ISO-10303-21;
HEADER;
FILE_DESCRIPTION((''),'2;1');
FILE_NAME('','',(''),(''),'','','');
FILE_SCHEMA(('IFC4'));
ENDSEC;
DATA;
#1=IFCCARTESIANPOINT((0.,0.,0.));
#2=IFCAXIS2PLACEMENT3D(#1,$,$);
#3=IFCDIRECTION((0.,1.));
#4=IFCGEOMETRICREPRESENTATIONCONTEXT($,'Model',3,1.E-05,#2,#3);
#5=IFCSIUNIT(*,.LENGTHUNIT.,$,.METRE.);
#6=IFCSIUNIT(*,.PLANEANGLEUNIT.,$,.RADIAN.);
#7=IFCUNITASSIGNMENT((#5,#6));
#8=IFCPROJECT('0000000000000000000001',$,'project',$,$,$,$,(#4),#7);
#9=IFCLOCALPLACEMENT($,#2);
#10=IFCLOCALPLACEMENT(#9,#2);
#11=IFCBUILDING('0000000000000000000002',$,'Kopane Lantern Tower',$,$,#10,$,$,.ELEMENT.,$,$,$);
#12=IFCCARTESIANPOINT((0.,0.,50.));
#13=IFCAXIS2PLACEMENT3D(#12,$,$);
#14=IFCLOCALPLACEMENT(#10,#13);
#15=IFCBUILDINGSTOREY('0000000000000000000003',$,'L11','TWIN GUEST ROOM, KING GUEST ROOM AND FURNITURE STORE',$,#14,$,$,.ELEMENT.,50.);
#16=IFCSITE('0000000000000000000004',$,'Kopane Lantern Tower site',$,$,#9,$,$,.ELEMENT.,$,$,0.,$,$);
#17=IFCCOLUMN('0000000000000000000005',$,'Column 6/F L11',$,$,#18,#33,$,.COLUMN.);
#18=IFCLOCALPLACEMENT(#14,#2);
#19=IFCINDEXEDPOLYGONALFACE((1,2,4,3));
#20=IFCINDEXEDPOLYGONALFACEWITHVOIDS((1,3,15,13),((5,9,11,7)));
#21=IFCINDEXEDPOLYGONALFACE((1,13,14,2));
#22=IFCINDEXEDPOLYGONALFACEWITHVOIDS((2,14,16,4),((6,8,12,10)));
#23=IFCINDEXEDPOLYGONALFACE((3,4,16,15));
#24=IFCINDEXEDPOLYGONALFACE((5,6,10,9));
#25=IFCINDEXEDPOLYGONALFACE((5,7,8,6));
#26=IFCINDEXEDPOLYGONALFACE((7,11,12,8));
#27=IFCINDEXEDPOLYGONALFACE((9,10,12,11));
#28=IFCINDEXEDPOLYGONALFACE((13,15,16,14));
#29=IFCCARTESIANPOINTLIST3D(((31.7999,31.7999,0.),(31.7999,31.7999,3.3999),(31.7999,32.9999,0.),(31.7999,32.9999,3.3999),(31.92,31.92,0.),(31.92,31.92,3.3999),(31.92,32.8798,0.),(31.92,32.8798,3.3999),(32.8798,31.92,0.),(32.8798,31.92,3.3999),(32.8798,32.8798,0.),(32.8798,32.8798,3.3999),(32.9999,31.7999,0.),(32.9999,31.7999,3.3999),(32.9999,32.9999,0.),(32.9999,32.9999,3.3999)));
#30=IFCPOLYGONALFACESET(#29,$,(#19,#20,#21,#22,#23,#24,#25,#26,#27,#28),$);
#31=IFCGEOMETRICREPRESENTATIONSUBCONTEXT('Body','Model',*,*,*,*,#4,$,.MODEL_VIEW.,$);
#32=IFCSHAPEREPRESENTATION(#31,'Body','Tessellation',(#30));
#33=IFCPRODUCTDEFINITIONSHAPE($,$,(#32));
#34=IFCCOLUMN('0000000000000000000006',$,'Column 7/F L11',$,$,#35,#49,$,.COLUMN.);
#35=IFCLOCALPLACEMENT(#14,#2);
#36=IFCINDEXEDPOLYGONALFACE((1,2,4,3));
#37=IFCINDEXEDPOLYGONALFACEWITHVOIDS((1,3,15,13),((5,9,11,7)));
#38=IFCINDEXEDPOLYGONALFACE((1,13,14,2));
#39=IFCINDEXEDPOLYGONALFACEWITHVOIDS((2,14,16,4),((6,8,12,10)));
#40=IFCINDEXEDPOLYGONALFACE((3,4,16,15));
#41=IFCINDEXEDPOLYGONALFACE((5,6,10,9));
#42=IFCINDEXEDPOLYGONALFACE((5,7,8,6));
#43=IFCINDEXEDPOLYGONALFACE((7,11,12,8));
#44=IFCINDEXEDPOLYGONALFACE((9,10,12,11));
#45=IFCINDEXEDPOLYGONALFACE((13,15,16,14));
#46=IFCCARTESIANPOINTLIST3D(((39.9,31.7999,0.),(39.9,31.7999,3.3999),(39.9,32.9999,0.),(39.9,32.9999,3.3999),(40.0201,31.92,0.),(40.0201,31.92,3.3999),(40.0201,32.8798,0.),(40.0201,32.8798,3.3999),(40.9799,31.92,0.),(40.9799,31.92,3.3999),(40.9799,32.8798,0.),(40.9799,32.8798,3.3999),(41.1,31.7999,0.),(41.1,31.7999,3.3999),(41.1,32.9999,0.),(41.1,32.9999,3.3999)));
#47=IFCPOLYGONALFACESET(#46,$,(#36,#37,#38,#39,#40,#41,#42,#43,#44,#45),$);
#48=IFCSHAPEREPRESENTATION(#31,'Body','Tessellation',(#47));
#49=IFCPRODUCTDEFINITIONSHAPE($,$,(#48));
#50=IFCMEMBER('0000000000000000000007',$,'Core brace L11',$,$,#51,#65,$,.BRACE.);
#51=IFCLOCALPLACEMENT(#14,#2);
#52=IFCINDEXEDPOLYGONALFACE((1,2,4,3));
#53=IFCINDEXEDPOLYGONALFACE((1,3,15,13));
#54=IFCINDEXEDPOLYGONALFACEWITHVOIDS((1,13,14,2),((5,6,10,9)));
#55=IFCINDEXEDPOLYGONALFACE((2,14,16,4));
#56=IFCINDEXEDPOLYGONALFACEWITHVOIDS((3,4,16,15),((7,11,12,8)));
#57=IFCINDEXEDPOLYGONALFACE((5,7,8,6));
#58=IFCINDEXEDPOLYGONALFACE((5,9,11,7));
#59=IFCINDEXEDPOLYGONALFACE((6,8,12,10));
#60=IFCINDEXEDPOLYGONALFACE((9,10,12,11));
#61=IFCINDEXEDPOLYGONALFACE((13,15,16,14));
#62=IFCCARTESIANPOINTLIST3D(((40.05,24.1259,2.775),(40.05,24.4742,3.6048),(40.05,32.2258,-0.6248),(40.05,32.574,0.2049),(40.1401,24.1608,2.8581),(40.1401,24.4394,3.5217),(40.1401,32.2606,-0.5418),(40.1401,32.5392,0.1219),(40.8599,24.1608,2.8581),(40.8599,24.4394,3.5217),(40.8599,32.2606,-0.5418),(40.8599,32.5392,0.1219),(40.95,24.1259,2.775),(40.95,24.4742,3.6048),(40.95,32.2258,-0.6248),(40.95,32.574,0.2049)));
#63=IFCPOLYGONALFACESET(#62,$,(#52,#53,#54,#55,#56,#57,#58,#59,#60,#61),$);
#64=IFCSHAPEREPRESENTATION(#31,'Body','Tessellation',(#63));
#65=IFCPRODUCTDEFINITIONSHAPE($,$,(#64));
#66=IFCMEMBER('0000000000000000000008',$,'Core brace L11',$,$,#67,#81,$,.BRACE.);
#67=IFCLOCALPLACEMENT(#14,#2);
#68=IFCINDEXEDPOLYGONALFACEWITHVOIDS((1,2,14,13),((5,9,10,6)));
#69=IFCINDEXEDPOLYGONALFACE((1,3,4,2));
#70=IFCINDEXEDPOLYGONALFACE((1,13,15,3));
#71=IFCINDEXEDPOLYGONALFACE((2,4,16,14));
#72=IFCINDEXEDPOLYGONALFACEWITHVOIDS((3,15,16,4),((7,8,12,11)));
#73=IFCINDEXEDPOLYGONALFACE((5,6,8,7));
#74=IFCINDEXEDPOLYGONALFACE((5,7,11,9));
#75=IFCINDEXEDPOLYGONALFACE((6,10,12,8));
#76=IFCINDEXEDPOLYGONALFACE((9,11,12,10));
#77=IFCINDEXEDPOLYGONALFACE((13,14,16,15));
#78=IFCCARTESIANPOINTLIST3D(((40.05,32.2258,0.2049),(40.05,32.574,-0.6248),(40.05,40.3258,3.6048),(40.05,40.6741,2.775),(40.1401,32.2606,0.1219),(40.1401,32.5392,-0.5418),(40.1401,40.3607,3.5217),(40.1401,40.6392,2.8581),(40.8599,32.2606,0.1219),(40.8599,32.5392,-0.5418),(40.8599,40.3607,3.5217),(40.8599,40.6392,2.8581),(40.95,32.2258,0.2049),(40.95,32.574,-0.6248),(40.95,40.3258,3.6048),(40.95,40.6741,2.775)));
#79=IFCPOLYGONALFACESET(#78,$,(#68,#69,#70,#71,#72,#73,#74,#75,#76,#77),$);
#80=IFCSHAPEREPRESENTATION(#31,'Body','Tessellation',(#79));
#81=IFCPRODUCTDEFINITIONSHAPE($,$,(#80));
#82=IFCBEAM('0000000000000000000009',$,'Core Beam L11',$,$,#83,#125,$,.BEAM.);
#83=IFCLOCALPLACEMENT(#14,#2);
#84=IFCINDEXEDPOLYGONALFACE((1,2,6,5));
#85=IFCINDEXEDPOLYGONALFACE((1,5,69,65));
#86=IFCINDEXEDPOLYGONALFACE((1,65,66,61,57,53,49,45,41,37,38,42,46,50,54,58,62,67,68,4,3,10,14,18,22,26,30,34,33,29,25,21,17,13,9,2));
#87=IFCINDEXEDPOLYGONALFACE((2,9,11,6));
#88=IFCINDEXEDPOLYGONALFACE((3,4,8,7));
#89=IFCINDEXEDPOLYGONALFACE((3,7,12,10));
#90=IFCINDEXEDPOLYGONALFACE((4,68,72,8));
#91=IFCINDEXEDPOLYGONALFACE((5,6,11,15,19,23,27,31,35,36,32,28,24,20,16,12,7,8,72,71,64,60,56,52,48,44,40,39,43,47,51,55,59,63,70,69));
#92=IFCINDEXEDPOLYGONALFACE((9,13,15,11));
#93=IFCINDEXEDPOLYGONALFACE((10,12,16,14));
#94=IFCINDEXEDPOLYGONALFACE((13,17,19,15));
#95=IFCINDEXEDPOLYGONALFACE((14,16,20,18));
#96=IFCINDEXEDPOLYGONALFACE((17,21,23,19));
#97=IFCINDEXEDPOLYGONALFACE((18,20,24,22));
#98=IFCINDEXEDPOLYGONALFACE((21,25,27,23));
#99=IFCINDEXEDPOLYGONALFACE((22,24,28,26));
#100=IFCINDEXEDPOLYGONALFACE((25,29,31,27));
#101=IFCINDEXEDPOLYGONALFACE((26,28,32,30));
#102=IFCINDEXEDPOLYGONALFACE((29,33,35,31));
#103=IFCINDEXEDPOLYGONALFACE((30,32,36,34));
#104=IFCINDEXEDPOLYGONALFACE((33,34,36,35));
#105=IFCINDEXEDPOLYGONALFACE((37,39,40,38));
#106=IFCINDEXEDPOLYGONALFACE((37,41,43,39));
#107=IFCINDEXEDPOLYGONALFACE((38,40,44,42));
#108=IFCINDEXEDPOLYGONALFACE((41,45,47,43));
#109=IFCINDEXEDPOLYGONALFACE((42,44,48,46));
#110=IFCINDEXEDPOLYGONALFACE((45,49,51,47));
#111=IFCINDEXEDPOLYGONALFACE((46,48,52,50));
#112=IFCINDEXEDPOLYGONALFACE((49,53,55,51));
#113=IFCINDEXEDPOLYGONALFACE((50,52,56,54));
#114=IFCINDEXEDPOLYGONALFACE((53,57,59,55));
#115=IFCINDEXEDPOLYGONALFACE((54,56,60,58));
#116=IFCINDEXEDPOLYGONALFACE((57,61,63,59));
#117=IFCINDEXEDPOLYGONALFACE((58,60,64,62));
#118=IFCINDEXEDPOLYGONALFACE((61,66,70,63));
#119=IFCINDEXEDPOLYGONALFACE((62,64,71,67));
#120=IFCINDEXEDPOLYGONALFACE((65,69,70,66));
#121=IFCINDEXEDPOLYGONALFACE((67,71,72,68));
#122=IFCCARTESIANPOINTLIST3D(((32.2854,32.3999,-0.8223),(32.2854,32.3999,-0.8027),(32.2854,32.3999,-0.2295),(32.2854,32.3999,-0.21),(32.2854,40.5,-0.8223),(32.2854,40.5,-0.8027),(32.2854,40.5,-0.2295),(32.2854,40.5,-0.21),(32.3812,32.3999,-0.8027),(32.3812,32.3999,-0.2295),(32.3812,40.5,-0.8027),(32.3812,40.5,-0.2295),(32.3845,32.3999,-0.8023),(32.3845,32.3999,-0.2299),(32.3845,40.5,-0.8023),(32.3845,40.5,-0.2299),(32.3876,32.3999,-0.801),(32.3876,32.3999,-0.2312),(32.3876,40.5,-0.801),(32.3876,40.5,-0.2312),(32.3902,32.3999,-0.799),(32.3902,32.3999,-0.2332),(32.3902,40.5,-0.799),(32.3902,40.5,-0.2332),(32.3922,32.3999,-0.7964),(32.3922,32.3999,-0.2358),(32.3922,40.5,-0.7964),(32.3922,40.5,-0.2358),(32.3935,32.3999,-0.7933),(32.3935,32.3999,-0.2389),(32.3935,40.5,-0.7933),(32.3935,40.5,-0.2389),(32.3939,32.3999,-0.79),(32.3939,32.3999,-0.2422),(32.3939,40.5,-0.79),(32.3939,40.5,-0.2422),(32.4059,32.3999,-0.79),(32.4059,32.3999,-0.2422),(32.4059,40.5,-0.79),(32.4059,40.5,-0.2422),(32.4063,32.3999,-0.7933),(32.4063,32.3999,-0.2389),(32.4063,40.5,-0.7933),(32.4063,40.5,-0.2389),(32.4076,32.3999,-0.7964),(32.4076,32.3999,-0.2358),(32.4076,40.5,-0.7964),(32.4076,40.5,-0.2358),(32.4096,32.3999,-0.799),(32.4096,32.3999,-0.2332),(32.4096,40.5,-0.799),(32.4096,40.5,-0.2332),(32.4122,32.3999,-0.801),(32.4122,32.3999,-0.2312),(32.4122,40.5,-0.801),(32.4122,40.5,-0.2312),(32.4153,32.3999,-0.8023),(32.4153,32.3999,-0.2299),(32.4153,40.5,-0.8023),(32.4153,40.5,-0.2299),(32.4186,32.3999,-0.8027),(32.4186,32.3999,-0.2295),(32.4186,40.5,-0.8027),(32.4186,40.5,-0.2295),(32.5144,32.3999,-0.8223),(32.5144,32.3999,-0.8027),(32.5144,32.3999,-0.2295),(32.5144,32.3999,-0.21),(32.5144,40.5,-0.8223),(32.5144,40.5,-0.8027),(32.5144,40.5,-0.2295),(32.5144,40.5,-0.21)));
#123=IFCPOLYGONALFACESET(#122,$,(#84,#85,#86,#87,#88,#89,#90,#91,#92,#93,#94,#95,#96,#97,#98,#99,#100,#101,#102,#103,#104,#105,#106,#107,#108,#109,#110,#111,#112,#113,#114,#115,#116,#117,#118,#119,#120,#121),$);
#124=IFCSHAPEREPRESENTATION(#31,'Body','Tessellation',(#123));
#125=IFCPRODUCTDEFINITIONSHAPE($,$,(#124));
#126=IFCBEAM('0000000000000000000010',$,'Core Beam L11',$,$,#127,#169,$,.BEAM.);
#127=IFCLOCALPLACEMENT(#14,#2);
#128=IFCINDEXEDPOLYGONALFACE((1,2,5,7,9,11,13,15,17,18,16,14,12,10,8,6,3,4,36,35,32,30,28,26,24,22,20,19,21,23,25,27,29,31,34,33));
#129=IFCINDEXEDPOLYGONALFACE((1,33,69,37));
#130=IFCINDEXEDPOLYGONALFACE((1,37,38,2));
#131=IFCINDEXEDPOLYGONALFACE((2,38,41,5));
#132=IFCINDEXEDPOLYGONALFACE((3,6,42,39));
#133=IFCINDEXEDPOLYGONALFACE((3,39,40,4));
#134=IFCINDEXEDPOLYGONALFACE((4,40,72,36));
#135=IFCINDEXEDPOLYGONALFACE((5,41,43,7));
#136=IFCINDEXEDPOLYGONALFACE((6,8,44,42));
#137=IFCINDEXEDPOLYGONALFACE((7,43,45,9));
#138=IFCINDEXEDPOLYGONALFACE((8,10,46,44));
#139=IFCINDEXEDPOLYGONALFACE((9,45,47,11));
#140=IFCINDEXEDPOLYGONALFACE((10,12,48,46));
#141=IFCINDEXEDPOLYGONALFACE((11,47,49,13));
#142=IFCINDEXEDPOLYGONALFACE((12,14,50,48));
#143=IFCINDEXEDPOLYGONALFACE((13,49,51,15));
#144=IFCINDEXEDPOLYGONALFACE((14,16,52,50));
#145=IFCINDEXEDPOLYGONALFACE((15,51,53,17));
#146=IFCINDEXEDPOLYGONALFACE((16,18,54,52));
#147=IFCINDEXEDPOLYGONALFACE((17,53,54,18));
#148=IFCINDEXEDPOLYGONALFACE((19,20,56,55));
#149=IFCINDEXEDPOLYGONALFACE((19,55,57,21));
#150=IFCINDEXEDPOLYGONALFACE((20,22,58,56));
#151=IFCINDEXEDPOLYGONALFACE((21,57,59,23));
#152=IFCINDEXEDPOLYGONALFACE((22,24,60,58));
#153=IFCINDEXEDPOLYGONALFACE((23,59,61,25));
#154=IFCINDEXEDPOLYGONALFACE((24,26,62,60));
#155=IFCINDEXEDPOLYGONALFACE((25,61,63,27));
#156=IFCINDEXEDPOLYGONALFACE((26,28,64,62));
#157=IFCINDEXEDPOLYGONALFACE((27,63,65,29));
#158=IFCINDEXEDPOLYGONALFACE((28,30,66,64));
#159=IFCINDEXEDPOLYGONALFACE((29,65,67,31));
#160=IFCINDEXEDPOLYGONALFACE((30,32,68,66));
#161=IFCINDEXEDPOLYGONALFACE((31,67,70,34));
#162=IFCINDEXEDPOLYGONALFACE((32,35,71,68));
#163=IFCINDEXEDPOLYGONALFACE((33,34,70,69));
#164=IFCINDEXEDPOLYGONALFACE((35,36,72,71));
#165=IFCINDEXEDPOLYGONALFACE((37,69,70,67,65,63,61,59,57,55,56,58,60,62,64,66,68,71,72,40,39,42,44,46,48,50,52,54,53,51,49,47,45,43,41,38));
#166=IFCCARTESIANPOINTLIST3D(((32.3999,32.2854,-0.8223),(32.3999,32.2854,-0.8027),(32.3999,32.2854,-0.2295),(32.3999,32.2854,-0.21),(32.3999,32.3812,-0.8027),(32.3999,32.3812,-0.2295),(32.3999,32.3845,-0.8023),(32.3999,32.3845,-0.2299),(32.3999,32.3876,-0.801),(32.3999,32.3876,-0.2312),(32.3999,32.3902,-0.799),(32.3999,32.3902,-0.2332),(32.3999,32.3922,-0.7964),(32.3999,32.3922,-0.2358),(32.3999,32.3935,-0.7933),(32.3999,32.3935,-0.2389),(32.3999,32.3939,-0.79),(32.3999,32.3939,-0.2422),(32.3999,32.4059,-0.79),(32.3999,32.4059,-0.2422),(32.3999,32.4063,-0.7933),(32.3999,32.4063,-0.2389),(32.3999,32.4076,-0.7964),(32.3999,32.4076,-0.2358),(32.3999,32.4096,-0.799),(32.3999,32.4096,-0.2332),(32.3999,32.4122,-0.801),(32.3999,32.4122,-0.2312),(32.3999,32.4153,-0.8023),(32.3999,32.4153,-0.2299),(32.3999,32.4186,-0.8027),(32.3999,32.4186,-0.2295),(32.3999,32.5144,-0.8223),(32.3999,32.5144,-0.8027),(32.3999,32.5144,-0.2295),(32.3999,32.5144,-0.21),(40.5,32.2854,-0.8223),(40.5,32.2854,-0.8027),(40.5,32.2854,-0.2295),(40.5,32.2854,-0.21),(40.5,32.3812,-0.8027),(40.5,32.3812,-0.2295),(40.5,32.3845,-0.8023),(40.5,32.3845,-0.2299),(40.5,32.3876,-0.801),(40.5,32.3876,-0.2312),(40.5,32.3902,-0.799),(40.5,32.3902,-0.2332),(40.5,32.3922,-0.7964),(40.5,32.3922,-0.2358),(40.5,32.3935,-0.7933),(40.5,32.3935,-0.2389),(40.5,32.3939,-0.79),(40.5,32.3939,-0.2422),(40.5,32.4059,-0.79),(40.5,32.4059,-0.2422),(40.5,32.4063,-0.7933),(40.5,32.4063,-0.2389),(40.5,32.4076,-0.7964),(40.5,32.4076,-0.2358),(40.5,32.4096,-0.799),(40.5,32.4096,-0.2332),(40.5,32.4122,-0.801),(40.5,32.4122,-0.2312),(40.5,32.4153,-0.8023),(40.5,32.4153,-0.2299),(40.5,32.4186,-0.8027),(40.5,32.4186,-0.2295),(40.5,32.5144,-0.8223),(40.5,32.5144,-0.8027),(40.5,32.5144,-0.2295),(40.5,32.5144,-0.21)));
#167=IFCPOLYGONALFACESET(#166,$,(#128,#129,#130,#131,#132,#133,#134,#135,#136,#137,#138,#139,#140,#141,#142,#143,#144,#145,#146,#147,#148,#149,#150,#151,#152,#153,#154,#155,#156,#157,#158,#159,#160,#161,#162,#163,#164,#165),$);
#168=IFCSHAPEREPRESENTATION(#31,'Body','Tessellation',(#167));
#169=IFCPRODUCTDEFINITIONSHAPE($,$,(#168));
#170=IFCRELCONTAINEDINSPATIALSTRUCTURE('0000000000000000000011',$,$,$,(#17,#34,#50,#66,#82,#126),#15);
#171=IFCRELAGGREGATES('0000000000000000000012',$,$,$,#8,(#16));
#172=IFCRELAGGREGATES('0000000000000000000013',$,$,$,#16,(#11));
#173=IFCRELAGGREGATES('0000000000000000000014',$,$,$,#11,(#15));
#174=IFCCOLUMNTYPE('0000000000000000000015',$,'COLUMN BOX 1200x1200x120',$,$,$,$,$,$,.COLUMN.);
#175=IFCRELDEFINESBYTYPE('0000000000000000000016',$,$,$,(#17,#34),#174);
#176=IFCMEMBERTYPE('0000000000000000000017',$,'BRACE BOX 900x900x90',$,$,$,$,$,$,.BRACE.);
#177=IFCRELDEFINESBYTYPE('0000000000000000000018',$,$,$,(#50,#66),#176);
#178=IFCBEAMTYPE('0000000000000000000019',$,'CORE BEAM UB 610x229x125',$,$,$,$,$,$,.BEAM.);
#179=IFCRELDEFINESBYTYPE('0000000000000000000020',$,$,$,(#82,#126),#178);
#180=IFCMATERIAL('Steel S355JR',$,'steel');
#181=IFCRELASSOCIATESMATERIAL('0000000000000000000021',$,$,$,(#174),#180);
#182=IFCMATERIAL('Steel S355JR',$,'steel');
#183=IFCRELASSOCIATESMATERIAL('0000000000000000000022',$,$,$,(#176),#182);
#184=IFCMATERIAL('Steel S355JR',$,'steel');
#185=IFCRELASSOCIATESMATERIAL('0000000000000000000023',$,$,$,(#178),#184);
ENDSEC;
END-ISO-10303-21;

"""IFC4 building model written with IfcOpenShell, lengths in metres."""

from ifc_helpers import new_model, si_unit, direction, frame, origin, origin_2d, place, context, subcontext, project, spatial, hollow_rectangle, i_section, extrude, material, material_profile, profile_set, type_object, element, save


model = new_model("IFC4")

# Units and contexts
model_context = context("Model", 3, precision=1e-05, world=origin(), true_north=direction((0.0, 1.0)))
body_context = subcontext(model_context, "Body", "Model", "MODEL_VIEW")
ifc_project = project(units=[si_unit("LENGTHUNIT", "METRE"), si_unit("PLANEANGLEUNIT", "RADIAN")], contexts=[model_context])

# Site, building, storey
site_placement = place(None, origin())
site = spatial("IfcSite", under=ifc_project, at=site_placement, Name="Kopane Lantern Tower site", CompositionType="ELEMENT", RefElevation=0.0)
building_placement = place(site_placement, origin())
building = spatial("IfcBuilding", under=site, at=building_placement, Name="Kopane Lantern Tower", CompositionType="ELEMENT")
storey_placement = place(building_placement, frame((0.0, 0.0, 50.0)))
storey = spatial("IfcBuildingStorey", under=building, at=storey_placement, Name="L11", Description="TWIN GUEST ROOM, KING GUEST ROOM AND FURNITURE STORE", CompositionType="ELEMENT", Elevation=50.0)

# Columns
ifc_material_1 = material(Name="Steel S355JR", Category="steel")
ifc_material_profile_1 = material_profile(ifc_material_1, hollow_rectangle(XDim=1.2, YDim=1.2, WallThickness=0.1201, at=origin_2d()), Name="BOX 1200x1200x120")
ifc_profile_set_1 = profile_set([ifc_material_profile_1], Name="Steel S355JR")
column_type = type_object("IfcColumnType", Name="COLUMN BOX 1200x1200x120", PredefinedType="COLUMN", material=ifc_profile_set_1)
for number, where, z_axis, x_axis, name in (
    (1, (32.3999, 32.3999, 0.0), (0.0, 0.0, 1.0), (1.0, 0.0, 0.0), "Column 6/F L11"),
    (2, (40.5, 32.3999, 0.0), (0.0, 0.0, 1.0), (1.0, 0.0, 0.0), "Column 7/F L11"),
):
    element("IfcColumn", number, at=place(storey_placement, frame(where, z_axis=z_axis, x_axis=x_axis)), inside=storey, type_object=column_type, Name=name, PredefinedType="COLUMN", context=body_context, shape_type="SweptSolid", body=[
        extrude(hollow_rectangle(XDim=1.2, YDim=1.2, WallThickness=0.1201, at=origin_2d()), origin(), (0.0, 0.0, 1.0), 3.3999),
    ])

# Members
ifc_material_2 = material(Name="Steel S355JR", Category="steel")
ifc_material_profile_2 = material_profile(ifc_material_2, hollow_rectangle(XDim=0.8999, YDim=0.8999, WallThickness=0.0901, at=origin_2d()), Name="BOX 900x900x90")
ifc_profile_set_2 = profile_set([ifc_material_profile_2], Name="Steel S355JR")
member_type = type_object("IfcMemberType", Name="BRACE BOX 900x900x90", PredefinedType="BRACE", material=ifc_profile_set_2)
member_1_placement = place(storey_placement, frame((40.5, 32.3999, -0.21), z_axis=(0.0, -0.922065, 0.387035), x_axis=(1.0, 0.0, 0.0)))
element("IfcMember", 3, at=member_1_placement, inside=storey, type_object=member_type, Name="Core brace L11", PredefinedType="BRACE", context=body_context, shape_type="SweptSolid", body=[
    extrude(hollow_rectangle(XDim=0.8999, YDim=0.8999, WallThickness=0.0901, at=origin_2d()), origin(), (0.0, 0.0, 1.0), 8.7844),
])
member_2_placement = place(storey_placement, frame((40.5, 32.3999, -0.21), z_axis=(0.0, 0.922069, 0.387026), x_axis=(-1.0, 0.0, 0.0)))
element("IfcMember", 4, at=member_2_placement, inside=storey, type_object=member_type, Name="Core brace L11", PredefinedType="BRACE", context=body_context, shape_type="SweptSolid", body=[
    extrude(hollow_rectangle(XDim=0.8999, YDim=0.8999, WallThickness=0.0901, at=origin_2d()), origin(), (0.0, 0.0, 1.0), 8.7847),
])

# Beams
ifc_material_3 = material(Name="Steel S355JR", Category="steel")
ifc_material_profile_3 = material_profile(ifc_material_3, i_section(OverallWidth=0.229, OverallDepth=0.6123, WebThickness=0.012, FlangeThickness=0.0195, FilletRadius=0.0127, at=origin_2d()), Name="UB 610x229x125")
ifc_profile_set_3 = profile_set([ifc_material_profile_3], Name="Steel S355JR")
beam_type_1 = type_object("IfcBeamType", Name="CORE BEAM UB 610x229x125", PredefinedType="BEAM", material=ifc_profile_set_3)
for number, where, z_axis, x_axis, name in (
    (5, (32.3999, 32.3999, -0.5161), (0.0, 1.0, 0.0), (-1.0, 0.0, 0.0), "Core Beam L11"),
    (6, (32.3999, 32.3999, -0.5161), (1.0, 0.0, 0.0), (0.0, 1.0, 0.0), "Core Beam L11"),
):
    element("IfcBeam", number, at=place(storey_placement, frame(where, z_axis=z_axis, x_axis=x_axis)), inside=storey, type_object=beam_type_1, Name=name, PredefinedType="BEAM", context=body_context, shape_type="SweptSolid", body=[
        extrude(i_section(OverallWidth=0.229, OverallDepth=0.6123, WebThickness=0.012, FlangeThickness=0.0195, FilletRadius=0.0127, at=origin_2d()), origin(), (0.0, 0.0, 1.0), 8.1001),
    ])

save(model, "model.ifc")
